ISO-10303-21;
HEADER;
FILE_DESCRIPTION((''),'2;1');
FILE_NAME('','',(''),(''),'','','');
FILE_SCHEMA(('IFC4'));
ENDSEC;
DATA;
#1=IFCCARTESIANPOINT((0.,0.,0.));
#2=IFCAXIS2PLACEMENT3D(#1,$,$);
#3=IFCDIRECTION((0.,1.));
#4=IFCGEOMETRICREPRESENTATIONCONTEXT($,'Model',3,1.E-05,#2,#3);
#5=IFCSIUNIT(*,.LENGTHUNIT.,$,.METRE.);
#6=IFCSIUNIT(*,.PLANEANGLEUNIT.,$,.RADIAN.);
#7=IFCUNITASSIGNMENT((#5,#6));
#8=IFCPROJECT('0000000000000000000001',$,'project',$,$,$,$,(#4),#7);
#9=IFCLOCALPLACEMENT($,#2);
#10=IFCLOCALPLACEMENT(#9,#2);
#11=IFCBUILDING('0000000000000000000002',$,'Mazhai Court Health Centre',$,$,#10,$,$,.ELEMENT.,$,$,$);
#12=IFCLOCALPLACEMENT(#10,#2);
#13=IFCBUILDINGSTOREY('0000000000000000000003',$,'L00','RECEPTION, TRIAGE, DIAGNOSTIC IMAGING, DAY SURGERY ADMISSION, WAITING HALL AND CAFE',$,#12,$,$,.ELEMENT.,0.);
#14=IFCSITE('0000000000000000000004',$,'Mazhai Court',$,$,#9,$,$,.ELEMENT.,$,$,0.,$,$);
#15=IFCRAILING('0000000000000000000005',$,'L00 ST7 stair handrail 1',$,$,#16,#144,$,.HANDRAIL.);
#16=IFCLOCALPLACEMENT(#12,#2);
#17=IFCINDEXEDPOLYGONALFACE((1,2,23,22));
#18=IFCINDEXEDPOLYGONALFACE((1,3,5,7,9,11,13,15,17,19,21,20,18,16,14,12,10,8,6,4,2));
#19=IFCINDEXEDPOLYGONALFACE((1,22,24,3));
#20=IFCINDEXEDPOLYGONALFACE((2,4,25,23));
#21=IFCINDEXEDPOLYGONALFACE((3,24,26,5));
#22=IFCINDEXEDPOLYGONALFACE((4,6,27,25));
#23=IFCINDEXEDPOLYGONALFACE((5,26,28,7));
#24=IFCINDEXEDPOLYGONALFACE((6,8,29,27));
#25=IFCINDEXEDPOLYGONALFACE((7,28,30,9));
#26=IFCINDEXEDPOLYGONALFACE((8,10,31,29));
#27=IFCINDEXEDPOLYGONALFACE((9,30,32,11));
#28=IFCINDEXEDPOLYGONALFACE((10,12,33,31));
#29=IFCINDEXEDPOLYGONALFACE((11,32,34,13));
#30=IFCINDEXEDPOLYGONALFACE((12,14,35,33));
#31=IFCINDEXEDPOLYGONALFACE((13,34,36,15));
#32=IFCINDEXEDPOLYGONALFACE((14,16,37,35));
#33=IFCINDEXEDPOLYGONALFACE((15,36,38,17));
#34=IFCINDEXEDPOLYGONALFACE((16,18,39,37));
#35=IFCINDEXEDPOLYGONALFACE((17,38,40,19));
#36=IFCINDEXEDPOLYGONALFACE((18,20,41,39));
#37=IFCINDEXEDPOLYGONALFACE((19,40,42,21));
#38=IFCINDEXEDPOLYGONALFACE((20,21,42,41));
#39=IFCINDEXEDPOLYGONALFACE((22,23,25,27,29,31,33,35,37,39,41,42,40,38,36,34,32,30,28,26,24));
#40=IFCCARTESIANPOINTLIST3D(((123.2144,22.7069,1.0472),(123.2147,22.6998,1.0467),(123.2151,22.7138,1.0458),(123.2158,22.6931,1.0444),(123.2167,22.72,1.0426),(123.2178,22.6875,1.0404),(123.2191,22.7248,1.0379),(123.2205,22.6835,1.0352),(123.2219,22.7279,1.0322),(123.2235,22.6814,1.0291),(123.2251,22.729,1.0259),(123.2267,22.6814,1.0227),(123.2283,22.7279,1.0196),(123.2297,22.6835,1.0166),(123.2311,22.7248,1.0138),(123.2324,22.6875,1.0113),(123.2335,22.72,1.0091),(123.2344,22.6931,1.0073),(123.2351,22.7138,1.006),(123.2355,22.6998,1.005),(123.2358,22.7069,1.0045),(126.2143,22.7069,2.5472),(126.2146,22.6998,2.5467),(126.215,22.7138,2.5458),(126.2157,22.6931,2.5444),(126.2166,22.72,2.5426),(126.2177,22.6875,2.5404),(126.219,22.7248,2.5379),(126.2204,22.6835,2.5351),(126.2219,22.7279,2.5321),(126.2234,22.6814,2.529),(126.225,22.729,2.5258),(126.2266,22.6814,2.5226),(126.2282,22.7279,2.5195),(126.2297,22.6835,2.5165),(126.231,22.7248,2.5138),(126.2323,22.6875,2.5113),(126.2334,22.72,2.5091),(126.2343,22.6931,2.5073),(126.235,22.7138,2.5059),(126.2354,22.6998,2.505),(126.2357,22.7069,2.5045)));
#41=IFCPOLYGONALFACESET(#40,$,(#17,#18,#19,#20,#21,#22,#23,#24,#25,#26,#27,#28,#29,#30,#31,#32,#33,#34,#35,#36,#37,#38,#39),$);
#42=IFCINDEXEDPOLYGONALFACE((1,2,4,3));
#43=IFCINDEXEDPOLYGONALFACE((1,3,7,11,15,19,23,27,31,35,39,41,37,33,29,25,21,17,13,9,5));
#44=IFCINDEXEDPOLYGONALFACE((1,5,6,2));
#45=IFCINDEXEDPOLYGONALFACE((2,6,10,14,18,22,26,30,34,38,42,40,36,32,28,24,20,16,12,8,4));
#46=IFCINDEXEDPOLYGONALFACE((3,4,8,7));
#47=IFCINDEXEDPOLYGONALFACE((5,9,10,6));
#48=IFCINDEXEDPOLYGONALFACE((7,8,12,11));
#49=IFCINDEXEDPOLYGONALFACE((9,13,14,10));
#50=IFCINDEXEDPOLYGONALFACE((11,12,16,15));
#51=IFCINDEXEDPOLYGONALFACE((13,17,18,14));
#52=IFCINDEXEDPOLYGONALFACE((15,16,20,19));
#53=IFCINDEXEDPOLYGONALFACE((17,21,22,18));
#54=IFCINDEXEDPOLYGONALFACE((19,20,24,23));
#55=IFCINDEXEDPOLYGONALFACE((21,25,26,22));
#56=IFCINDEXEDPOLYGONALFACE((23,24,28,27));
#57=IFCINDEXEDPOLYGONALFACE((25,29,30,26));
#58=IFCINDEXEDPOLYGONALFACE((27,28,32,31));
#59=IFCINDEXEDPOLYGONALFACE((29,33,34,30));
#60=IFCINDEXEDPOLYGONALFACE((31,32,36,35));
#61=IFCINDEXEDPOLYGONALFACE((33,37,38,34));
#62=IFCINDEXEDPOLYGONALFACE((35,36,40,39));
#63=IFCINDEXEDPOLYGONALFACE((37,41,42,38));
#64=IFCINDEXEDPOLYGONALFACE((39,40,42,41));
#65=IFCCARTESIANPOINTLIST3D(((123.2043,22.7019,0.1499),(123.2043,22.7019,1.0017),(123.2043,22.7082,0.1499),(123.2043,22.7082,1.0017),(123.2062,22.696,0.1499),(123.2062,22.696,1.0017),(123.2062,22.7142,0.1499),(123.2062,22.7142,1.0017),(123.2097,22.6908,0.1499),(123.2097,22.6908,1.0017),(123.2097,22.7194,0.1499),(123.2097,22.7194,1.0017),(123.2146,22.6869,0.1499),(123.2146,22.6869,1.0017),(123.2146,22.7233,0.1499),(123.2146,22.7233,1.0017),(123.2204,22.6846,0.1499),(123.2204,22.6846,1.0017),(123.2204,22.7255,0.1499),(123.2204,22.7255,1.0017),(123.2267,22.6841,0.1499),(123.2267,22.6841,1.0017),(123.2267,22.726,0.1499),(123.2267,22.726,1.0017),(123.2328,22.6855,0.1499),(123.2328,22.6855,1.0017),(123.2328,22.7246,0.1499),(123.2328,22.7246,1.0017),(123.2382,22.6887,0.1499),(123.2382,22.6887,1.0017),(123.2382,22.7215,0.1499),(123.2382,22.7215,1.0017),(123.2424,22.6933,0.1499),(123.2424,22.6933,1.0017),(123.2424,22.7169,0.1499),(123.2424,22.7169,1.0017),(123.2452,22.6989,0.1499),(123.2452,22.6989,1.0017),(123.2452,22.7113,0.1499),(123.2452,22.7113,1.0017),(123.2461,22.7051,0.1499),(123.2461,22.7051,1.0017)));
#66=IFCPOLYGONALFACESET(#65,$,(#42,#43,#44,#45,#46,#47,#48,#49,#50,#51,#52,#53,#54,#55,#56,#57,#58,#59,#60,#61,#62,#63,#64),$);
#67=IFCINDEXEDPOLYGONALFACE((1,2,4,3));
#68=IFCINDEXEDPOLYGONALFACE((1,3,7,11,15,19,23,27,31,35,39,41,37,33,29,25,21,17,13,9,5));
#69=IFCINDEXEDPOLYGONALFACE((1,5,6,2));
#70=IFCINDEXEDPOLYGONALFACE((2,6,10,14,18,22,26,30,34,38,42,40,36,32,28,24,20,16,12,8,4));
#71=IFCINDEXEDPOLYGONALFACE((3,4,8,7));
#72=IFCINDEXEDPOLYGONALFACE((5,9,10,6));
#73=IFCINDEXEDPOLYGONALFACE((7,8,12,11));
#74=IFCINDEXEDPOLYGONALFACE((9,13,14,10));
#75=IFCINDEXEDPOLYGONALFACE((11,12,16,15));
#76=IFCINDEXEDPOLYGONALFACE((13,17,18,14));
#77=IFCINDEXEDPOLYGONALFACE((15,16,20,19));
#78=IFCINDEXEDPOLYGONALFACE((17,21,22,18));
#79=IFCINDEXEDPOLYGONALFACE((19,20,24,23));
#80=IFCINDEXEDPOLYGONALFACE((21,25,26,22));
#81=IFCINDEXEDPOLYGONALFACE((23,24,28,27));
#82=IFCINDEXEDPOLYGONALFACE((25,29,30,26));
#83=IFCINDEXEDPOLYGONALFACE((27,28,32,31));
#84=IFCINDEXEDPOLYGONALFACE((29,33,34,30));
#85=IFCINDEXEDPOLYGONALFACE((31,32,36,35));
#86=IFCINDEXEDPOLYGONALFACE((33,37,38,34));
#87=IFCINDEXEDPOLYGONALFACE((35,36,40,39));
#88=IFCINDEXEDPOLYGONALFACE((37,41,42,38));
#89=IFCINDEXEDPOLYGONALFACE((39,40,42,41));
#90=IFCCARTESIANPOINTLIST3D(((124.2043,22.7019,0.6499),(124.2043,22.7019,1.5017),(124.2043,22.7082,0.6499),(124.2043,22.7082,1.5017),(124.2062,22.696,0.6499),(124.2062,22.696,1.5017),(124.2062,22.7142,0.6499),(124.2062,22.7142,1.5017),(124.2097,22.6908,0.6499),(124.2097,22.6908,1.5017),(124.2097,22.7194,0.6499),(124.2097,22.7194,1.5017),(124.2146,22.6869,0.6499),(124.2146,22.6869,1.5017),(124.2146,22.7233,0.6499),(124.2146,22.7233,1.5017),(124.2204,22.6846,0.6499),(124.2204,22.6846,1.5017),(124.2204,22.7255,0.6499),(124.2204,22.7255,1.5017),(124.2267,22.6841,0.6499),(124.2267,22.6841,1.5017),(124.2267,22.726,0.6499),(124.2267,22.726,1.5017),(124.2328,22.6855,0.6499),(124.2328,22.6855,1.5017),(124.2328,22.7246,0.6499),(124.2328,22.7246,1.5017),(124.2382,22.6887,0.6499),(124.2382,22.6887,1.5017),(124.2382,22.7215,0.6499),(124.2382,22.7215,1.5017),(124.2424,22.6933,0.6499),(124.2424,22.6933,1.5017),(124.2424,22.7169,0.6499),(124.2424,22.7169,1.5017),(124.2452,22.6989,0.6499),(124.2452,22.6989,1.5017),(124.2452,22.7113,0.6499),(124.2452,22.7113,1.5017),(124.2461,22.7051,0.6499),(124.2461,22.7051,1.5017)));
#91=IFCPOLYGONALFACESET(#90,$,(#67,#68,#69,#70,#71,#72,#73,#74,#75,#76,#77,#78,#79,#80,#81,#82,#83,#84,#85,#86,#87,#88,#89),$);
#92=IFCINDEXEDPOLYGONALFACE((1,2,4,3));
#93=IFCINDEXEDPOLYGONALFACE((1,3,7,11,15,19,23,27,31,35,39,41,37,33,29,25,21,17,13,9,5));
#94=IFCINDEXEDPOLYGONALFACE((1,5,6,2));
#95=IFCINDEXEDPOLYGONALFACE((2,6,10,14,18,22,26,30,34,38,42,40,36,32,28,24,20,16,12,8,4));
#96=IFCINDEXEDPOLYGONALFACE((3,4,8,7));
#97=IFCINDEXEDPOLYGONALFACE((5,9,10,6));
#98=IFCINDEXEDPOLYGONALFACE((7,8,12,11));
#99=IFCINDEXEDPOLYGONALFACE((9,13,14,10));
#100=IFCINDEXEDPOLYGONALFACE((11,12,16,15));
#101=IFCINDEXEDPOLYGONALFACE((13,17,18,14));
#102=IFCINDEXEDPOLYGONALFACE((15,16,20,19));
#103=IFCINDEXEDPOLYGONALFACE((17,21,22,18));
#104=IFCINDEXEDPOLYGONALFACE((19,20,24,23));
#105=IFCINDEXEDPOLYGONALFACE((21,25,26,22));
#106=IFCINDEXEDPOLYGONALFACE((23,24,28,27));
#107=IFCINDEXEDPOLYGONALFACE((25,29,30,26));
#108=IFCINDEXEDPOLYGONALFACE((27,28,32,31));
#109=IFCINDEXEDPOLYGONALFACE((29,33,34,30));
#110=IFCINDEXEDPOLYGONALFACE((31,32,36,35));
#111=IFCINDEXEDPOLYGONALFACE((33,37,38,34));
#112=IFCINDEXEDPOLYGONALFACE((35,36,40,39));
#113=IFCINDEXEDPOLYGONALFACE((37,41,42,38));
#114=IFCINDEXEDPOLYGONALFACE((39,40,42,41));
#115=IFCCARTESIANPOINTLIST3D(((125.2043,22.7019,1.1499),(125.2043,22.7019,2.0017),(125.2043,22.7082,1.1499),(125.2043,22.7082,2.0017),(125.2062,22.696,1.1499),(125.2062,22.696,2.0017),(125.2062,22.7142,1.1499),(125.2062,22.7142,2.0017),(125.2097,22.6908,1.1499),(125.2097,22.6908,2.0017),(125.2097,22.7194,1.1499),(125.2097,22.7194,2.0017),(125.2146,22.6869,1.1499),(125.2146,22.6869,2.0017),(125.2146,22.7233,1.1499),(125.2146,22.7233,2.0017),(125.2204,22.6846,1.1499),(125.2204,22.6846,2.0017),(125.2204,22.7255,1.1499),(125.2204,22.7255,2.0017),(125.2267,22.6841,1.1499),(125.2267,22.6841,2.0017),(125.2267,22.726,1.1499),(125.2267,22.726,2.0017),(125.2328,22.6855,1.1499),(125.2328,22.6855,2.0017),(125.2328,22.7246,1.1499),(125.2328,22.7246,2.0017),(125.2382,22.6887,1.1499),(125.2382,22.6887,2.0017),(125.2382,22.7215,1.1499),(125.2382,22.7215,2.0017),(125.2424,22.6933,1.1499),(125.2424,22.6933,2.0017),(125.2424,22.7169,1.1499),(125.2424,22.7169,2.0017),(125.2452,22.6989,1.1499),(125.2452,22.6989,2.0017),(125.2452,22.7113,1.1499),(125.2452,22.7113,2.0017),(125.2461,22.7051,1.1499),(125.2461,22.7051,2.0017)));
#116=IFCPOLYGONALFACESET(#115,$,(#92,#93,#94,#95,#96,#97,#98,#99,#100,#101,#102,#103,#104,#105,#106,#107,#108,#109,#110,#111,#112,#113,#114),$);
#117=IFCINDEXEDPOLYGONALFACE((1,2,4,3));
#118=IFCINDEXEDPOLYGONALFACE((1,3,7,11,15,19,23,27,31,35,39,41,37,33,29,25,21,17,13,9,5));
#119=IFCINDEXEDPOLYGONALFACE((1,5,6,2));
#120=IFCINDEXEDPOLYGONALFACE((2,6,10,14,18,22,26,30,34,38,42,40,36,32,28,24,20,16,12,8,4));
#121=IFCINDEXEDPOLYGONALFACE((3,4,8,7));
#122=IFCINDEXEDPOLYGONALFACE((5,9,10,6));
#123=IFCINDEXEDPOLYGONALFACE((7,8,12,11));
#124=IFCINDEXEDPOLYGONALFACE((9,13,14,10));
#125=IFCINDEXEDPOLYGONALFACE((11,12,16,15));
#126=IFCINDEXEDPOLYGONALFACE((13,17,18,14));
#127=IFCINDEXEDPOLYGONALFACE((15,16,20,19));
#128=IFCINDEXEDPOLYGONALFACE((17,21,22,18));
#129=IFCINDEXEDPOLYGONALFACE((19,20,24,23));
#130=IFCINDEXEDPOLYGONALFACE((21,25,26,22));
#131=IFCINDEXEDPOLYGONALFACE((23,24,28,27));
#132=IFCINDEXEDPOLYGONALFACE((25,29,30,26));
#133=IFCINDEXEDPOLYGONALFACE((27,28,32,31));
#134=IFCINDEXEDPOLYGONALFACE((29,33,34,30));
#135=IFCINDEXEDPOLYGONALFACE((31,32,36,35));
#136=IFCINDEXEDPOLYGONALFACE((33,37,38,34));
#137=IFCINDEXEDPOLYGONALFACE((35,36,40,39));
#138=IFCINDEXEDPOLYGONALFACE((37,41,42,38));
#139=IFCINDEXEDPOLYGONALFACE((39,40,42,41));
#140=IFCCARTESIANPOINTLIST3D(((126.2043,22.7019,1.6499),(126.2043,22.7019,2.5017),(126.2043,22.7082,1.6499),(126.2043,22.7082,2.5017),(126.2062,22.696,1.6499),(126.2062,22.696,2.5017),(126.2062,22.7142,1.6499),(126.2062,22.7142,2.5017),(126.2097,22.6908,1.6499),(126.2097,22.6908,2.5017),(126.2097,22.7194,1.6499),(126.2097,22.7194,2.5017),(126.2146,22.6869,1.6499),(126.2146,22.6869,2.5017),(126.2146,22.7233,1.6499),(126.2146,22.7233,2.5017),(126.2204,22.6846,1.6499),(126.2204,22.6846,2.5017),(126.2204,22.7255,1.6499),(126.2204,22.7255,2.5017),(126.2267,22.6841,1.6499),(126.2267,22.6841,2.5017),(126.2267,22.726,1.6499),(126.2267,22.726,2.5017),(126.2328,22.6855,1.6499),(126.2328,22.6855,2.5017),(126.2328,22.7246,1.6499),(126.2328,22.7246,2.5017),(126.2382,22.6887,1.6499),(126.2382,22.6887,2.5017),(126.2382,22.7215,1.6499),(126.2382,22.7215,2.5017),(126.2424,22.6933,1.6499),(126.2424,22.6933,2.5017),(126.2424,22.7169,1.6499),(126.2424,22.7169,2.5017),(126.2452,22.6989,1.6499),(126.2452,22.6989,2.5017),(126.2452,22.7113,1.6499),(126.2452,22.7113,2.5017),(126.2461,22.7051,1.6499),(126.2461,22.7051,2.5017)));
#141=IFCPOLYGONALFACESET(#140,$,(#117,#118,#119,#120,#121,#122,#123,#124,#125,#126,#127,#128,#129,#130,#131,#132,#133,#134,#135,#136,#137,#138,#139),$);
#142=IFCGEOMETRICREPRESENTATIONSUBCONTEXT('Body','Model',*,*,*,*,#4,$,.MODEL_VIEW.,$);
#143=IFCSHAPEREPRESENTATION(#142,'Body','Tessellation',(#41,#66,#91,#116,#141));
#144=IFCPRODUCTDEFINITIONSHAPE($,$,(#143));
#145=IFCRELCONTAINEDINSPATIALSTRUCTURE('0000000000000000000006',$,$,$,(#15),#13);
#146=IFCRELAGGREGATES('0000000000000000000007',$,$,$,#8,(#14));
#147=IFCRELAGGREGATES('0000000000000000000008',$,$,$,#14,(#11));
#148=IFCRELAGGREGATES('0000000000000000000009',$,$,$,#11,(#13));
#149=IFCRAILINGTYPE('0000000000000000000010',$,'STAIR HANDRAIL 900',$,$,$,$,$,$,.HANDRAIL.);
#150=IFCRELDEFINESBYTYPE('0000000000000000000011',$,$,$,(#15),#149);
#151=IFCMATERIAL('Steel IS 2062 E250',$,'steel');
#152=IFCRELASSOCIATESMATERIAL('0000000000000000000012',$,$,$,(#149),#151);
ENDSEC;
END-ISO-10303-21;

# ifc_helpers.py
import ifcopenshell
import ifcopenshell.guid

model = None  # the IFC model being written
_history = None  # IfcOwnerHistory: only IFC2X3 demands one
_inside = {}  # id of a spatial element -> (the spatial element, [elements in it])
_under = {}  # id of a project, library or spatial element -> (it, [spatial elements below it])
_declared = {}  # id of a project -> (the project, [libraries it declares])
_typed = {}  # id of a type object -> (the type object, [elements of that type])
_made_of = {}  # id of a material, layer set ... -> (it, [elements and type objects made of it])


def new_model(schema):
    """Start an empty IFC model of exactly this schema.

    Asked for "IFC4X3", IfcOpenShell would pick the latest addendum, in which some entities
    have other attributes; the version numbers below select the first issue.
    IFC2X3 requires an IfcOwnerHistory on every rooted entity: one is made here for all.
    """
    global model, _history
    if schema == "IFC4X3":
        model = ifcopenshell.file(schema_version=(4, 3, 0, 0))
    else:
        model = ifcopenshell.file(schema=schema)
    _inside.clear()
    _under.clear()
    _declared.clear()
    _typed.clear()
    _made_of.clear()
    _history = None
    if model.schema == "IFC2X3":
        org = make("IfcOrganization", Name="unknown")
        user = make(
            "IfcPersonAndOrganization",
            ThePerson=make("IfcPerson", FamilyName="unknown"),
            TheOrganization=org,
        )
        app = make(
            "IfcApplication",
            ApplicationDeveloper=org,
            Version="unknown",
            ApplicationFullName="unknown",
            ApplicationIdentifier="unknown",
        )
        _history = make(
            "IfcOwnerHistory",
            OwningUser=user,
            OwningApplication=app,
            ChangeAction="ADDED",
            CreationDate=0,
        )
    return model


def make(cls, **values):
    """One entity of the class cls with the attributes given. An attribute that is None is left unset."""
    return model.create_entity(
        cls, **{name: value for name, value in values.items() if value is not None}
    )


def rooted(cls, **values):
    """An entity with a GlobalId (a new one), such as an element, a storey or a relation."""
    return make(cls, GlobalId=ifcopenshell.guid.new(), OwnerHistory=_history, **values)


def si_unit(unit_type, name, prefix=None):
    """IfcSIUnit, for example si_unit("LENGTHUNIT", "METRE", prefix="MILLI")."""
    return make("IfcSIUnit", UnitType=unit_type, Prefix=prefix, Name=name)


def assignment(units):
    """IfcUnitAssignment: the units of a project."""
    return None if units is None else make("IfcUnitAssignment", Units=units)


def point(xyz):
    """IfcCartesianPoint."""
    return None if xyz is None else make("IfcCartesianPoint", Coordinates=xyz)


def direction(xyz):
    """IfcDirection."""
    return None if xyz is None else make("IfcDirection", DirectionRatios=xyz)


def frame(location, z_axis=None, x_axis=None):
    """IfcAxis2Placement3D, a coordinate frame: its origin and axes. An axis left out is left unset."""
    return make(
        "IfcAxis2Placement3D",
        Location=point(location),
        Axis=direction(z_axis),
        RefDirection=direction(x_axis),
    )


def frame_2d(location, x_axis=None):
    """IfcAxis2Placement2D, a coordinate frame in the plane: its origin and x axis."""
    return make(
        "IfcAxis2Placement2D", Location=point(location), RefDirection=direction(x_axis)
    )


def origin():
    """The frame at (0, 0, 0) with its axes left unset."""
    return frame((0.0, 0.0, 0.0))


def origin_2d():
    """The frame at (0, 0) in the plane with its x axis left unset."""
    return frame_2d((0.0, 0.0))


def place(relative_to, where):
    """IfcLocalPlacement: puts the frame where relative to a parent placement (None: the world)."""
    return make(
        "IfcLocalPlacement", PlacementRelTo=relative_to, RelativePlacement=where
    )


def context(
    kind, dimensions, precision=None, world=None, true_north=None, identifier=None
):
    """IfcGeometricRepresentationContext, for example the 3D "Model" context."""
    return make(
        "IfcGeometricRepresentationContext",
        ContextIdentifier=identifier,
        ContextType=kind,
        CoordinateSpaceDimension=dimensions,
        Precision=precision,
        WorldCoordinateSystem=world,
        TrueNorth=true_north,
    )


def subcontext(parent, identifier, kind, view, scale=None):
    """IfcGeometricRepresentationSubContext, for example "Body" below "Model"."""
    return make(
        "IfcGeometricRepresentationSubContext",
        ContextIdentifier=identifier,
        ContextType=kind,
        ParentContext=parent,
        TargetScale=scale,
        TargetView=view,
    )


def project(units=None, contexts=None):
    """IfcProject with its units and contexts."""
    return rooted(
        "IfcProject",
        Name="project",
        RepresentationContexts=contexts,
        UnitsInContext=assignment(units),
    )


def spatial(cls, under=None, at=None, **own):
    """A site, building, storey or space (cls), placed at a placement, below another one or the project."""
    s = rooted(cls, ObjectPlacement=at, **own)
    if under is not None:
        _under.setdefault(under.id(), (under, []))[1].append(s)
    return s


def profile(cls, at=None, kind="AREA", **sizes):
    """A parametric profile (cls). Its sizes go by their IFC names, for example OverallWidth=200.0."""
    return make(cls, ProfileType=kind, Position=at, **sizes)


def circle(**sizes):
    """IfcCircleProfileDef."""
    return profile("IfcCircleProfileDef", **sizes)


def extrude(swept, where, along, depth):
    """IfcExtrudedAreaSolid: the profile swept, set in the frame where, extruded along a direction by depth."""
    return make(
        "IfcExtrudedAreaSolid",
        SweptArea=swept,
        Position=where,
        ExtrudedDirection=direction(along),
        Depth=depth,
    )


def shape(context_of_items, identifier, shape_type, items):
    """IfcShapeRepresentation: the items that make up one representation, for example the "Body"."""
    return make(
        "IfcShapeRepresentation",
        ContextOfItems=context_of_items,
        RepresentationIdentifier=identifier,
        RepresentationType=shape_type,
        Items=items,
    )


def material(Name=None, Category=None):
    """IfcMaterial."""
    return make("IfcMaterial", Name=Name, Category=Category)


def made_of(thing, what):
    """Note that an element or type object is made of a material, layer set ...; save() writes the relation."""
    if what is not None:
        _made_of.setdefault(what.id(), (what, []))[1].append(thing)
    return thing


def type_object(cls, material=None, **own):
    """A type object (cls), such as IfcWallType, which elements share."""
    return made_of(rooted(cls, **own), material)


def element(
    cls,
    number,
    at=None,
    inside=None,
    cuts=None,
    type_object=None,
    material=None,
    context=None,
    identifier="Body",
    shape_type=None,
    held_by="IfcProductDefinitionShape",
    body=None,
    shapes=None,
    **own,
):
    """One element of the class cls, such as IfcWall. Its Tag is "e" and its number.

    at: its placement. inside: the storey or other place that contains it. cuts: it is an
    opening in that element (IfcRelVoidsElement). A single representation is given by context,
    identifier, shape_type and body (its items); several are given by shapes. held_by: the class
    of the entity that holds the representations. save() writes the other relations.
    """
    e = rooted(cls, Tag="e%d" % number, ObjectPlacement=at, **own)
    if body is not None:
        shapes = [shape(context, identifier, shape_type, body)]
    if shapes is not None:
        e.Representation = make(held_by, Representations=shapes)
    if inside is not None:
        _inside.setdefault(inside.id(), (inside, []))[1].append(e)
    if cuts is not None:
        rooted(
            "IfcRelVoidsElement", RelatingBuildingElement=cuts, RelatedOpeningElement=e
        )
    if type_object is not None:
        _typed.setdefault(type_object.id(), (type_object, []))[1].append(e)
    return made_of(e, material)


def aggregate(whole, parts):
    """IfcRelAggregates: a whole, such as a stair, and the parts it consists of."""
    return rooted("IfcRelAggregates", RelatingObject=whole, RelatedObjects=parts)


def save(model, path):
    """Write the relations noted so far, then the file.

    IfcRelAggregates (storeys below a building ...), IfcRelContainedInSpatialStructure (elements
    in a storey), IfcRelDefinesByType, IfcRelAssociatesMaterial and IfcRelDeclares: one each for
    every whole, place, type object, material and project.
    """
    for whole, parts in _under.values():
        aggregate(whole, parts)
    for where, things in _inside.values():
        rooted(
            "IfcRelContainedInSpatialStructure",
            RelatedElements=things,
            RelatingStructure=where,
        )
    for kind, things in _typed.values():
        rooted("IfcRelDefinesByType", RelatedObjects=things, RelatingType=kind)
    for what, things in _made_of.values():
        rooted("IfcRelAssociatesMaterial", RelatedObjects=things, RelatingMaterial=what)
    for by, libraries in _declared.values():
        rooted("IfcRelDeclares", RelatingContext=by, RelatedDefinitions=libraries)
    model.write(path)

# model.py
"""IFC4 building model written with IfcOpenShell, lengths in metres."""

from ifc_helpers import new_model, si_unit, direction, frame, origin, origin_2d, place, context, subcontext, project, spatial, circle, extrude, material, type_object, element, save


model = new_model("IFC4")

# Units and contexts
model_context = context("Model", 3, precision=1e-05, world=origin(), true_north=direction((0.0, 1.0)))
body_context = subcontext(model_context, "Body", "Model", "MODEL_VIEW")
ifc_project = project(units=[si_unit("LENGTHUNIT", "METRE"), si_unit("PLANEANGLEUNIT", "RADIAN")], contexts=[model_context])

# Site, building, storey
site_placement = place(None, origin())
site = spatial("IfcSite", under=ifc_project, at=site_placement, Name="Mazhai Court", CompositionType="ELEMENT", RefElevation=0.0)
building_placement = place(site_placement, origin())
building = spatial("IfcBuilding", under=site, at=building_placement, Name="Mazhai Court Health Centre", CompositionType="ELEMENT")
storey_placement = place(building_placement, origin())
storey = spatial("IfcBuildingStorey", under=building, at=storey_placement, Name="L00", Description="RECEPTION, TRIAGE, DIAGNOSTIC IMAGING, DAY SURGERY ADMISSION, WAITING HALL AND CAFE", CompositionType="ELEMENT", Elevation=0.0)

# Railing
ifc_material_1 = material(Name="Steel IS 2062 E250", Category="steel")
railing_type = type_object("IfcRailingType", Name="STAIR HANDRAIL 900", PredefinedType="HANDRAIL", material=ifc_material_1)
railing_1_placement = place(storey_placement, frame((123.2251, 22.7051, 0.1499)))
element("IfcRailing", 1, at=railing_1_placement, inside=storey, type_object=railing_type, Name="L00 ST7 stair handrail 1", PredefinedType="HANDRAIL", context=body_context, shape_type="SweptSolid", body=[
    extrude(circle(Radius=0.0239, at=origin_2d()), frame((0.0, 0.0, 0.876), z_axis=(0.894427, 0.0, 0.447214), x_axis=(0.0, 1.0, 0.0)), (0.0, 0.0, 1.0), 3.354),
    extrude(circle(Radius=0.021, at=origin_2d()), origin(), (0.0, 0.0, 1.0), 0.8518),
    extrude(circle(Radius=0.021, at=origin_2d()), frame((1.0, 0.0, 0.5)), (0.0, 0.0, 1.0), 0.8518),
    extrude(circle(Radius=0.021, at=origin_2d()), frame((2.0, 0.0, 1.0)), (0.0, 0.0, 1.0), 0.8518),
    extrude(circle(Radius=0.021, at=origin_2d()), frame((3.0, 0.0, 1.5)), (0.0, 0.0, 1.0), 0.8518),
])

save(model, "model.ifc")
